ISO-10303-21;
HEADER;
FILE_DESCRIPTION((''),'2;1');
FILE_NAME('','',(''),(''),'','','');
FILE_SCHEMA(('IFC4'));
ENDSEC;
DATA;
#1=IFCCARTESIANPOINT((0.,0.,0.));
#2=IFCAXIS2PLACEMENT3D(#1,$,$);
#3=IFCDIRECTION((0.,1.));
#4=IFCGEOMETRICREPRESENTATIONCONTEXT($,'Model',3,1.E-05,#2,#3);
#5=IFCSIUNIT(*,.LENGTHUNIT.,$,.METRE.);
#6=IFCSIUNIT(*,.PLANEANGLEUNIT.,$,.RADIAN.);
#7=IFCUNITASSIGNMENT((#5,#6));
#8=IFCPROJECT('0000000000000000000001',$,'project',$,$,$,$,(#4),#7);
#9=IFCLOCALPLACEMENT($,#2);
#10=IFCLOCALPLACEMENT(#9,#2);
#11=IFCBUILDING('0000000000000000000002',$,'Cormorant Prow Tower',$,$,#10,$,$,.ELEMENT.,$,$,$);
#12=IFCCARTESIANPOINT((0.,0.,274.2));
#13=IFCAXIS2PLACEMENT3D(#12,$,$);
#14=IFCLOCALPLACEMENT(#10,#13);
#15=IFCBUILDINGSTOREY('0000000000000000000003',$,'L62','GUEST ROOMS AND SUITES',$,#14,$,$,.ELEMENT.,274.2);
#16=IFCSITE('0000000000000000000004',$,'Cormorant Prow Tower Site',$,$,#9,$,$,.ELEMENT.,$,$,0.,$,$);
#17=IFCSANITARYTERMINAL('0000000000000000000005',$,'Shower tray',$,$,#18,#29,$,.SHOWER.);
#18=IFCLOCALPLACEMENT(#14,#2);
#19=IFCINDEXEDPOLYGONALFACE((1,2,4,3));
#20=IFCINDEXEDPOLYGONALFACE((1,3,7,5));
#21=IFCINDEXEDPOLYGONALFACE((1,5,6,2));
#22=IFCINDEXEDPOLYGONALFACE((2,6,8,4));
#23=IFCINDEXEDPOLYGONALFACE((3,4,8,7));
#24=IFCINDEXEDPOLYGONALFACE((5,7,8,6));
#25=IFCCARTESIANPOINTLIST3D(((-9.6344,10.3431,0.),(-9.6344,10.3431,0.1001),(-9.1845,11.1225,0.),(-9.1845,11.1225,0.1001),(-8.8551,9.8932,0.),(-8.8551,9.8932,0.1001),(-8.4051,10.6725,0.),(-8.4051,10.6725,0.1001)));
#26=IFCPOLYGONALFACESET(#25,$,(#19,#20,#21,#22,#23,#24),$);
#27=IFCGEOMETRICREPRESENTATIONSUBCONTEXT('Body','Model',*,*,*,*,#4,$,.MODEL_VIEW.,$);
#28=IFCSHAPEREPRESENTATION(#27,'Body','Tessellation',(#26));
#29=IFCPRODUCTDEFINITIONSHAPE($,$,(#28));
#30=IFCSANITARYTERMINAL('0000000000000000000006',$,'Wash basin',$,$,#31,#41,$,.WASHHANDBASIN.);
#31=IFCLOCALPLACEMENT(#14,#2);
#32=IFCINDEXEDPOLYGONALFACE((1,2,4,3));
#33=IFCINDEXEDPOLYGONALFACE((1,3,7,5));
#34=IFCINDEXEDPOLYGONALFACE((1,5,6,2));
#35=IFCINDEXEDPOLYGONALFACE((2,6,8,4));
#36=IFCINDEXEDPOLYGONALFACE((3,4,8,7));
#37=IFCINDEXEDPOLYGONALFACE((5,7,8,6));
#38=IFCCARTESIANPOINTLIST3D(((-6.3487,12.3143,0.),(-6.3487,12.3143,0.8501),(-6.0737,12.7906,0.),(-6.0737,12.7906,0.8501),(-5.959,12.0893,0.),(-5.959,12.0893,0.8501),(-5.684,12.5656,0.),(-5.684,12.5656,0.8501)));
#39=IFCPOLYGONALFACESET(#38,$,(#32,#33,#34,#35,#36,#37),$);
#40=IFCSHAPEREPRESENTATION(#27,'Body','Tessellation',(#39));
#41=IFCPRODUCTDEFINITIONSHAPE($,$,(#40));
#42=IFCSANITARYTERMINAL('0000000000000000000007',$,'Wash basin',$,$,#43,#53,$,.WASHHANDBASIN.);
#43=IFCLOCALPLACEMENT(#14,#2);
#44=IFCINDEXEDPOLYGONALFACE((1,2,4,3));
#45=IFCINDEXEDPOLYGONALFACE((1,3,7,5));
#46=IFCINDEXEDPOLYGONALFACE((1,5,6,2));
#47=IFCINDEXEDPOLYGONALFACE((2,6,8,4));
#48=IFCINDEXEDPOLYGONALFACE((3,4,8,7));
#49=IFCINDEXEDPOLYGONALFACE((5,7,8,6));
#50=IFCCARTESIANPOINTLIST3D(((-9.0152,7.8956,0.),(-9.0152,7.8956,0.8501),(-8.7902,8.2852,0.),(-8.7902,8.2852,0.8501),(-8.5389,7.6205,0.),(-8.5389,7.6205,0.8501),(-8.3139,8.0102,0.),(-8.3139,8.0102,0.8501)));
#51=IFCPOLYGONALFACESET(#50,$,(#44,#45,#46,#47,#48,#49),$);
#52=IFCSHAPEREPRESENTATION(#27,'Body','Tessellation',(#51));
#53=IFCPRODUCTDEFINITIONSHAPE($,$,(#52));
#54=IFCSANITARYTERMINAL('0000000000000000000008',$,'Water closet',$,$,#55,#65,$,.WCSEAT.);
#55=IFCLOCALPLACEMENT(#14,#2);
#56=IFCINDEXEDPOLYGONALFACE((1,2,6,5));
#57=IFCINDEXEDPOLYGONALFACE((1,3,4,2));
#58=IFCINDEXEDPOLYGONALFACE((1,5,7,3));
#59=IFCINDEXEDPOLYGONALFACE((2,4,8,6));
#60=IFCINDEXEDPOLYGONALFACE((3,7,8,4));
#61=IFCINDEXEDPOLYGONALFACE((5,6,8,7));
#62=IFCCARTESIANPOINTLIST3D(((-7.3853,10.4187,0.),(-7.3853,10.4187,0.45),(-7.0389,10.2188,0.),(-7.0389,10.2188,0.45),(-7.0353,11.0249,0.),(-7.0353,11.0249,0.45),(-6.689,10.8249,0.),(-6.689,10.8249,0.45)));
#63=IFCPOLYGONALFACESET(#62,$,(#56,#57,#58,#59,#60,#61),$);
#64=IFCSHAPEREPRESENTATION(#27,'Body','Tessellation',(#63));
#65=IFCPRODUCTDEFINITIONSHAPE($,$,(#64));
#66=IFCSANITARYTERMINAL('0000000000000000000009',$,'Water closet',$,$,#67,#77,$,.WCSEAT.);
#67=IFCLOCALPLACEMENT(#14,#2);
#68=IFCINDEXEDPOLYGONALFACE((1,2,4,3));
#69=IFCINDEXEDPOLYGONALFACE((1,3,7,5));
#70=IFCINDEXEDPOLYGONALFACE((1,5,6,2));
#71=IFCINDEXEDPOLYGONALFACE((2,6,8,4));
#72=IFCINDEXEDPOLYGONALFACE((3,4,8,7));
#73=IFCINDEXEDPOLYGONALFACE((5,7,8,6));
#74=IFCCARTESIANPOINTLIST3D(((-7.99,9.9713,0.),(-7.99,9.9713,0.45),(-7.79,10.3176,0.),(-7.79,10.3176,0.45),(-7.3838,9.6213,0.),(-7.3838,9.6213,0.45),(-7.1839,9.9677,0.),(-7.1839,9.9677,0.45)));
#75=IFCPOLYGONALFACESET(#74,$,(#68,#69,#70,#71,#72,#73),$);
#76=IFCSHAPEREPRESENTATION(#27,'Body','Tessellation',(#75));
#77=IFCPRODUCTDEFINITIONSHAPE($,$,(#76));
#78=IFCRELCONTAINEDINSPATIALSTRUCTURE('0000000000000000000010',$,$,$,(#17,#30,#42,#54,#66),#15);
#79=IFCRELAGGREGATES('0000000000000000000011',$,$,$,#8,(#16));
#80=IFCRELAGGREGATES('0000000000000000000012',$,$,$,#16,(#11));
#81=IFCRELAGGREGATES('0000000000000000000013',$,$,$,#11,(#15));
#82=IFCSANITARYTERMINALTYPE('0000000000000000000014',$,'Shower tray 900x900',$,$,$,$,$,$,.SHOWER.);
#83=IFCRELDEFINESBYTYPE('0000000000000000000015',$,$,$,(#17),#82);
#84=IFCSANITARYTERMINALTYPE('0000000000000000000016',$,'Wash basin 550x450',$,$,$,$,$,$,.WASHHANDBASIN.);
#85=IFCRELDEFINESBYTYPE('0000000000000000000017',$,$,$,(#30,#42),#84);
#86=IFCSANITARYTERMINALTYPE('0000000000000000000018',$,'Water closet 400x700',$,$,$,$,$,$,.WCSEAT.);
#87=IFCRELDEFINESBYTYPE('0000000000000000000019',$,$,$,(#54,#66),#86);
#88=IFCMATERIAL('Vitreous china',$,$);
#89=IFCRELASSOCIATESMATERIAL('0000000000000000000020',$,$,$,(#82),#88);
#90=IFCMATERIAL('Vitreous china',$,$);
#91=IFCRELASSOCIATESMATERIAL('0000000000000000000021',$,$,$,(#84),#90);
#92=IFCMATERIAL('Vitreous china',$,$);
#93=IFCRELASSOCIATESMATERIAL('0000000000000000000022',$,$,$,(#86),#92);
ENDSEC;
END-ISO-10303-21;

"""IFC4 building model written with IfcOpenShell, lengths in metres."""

from ifc_helpers import new_model, si_unit, direction, frame, origin, origin_2d, place, context, subcontext, project, spatial, rectangle, extrude, material, type_object, element, save


model = new_model("IFC4")

# Units and contexts
model_context = context("Model", 3, precision=1e-05, world=origin(), true_north=direction((0.0, 1.0)))
body_context = subcontext(model_context, "Body", "Model", "MODEL_VIEW")
ifc_project = project(units=[si_unit("LENGTHUNIT", "METRE"), si_unit("PLANEANGLEUNIT", "RADIAN")], contexts=[model_context])

# Site, building, storey
site_placement = place(None, origin())
site = spatial("IfcSite", under=ifc_project, at=site_placement, Name="Cormorant Prow Tower Site", CompositionType="ELEMENT", RefElevation=0.0)
building_placement = place(site_placement, origin())
building = spatial("IfcBuilding", under=site, at=building_placement, Name="Cormorant Prow Tower", CompositionType="ELEMENT")
storey_placement = place(building_placement, frame((0.0, 0.0, 274.2)))
storey = spatial("IfcBuildingStorey", under=building, at=storey_placement, Name="L62", Description="GUEST ROOMS AND SUITES", CompositionType="ELEMENT", Elevation=274.2)

# Sanitary terminals
ifc_material_1 = material(Name="Vitreous china")
sanitary_terminal_type_1 = type_object("IfcSanitaryTerminalType", Name="Shower tray 900x900", PredefinedType="SHOWER", material=ifc_material_1)
for number, where, z_axis, x_axis, name in (
    (1, (-9.0198, 10.5078, 0.0), (0.0, 0.0, 1.0), (0.866025, -0.5, 0.0), "Shower tray"),
):
    element("IfcSanitaryTerminal", number, at=place(storey_placement, frame(where, z_axis=z_axis, x_axis=x_axis)), inside=storey, type_object=sanitary_terminal_type_1, Name=name, PredefinedType="SHOWER", context=body_context, shape_type="SweptSolid", body=[
        extrude(rectangle(XDim=0.8999, YDim=0.8999, at=origin_2d()), origin(), (0.0, 0.0, 1.0), 0.1001),
    ])
ifc_material_2 = material(Name="Vitreous china")
sanitary_terminal_type_2 = type_object("IfcSanitaryTerminalType", Name="Wash basin 550x450", PredefinedType="WASHHANDBASIN", material=ifc_material_2)
for number, where, z_axis, x_axis, name in (
    (2, (-6.0164, 12.4399, 0.0), (0.0, 0.0, 1.0), (-0.5, -0.866025, 0.0), "Wash basin"),
    (3, (-8.6646, 7.9529, 0.0), (0.0, 0.0, 1.0), (-0.866025, 0.5, 0.0), "Wash basin"),
):
    element("IfcSanitaryTerminal", number, at=place(storey_placement, frame(where, z_axis=z_axis, x_axis=x_axis)), inside=storey, type_object=sanitary_terminal_type_2, Name=name, PredefinedType="WASHHANDBASIN", context=body_context, shape_type="SweptSolid", body=[
        extrude(rectangle(XDim=0.55, YDim=0.45, at=origin_2d()), origin(), (0.0, 0.0, 1.0), 0.8501),
    ])
ifc_material_3 = material(Name="Vitreous china")
sanitary_terminal_type_3 = type_object("IfcSanitaryTerminalType", Name="Water closet 400x700", PredefinedType="WCSEAT", material=ifc_material_3)
for number, where, z_axis, x_axis, name in (
    (4, (-7.0371, 10.6218, 0.0), (0.0, 0.0, 1.0), (-0.866025, 0.5, 0.0), "Water closet"),
    (5, (-7.5869, 9.9695, 0.0), (0.0, 0.0, 1.0), (-0.5, -0.866025, 0.0), "Water closet"),
):
    element("IfcSanitaryTerminal", number, at=place(storey_placement, frame(where, z_axis=z_axis, x_axis=x_axis)), inside=storey, type_object=sanitary_terminal_type_3, Name=name, PredefinedType="WCSEAT", context=body_context, shape_type="SweptSolid", body=[
        extrude(rectangle(XDim=0.3999, YDim=0.7, at=origin_2d()), origin(), (0.0, 0.0, 1.0), 0.45),
    ])

save(model, "model.ifc")
